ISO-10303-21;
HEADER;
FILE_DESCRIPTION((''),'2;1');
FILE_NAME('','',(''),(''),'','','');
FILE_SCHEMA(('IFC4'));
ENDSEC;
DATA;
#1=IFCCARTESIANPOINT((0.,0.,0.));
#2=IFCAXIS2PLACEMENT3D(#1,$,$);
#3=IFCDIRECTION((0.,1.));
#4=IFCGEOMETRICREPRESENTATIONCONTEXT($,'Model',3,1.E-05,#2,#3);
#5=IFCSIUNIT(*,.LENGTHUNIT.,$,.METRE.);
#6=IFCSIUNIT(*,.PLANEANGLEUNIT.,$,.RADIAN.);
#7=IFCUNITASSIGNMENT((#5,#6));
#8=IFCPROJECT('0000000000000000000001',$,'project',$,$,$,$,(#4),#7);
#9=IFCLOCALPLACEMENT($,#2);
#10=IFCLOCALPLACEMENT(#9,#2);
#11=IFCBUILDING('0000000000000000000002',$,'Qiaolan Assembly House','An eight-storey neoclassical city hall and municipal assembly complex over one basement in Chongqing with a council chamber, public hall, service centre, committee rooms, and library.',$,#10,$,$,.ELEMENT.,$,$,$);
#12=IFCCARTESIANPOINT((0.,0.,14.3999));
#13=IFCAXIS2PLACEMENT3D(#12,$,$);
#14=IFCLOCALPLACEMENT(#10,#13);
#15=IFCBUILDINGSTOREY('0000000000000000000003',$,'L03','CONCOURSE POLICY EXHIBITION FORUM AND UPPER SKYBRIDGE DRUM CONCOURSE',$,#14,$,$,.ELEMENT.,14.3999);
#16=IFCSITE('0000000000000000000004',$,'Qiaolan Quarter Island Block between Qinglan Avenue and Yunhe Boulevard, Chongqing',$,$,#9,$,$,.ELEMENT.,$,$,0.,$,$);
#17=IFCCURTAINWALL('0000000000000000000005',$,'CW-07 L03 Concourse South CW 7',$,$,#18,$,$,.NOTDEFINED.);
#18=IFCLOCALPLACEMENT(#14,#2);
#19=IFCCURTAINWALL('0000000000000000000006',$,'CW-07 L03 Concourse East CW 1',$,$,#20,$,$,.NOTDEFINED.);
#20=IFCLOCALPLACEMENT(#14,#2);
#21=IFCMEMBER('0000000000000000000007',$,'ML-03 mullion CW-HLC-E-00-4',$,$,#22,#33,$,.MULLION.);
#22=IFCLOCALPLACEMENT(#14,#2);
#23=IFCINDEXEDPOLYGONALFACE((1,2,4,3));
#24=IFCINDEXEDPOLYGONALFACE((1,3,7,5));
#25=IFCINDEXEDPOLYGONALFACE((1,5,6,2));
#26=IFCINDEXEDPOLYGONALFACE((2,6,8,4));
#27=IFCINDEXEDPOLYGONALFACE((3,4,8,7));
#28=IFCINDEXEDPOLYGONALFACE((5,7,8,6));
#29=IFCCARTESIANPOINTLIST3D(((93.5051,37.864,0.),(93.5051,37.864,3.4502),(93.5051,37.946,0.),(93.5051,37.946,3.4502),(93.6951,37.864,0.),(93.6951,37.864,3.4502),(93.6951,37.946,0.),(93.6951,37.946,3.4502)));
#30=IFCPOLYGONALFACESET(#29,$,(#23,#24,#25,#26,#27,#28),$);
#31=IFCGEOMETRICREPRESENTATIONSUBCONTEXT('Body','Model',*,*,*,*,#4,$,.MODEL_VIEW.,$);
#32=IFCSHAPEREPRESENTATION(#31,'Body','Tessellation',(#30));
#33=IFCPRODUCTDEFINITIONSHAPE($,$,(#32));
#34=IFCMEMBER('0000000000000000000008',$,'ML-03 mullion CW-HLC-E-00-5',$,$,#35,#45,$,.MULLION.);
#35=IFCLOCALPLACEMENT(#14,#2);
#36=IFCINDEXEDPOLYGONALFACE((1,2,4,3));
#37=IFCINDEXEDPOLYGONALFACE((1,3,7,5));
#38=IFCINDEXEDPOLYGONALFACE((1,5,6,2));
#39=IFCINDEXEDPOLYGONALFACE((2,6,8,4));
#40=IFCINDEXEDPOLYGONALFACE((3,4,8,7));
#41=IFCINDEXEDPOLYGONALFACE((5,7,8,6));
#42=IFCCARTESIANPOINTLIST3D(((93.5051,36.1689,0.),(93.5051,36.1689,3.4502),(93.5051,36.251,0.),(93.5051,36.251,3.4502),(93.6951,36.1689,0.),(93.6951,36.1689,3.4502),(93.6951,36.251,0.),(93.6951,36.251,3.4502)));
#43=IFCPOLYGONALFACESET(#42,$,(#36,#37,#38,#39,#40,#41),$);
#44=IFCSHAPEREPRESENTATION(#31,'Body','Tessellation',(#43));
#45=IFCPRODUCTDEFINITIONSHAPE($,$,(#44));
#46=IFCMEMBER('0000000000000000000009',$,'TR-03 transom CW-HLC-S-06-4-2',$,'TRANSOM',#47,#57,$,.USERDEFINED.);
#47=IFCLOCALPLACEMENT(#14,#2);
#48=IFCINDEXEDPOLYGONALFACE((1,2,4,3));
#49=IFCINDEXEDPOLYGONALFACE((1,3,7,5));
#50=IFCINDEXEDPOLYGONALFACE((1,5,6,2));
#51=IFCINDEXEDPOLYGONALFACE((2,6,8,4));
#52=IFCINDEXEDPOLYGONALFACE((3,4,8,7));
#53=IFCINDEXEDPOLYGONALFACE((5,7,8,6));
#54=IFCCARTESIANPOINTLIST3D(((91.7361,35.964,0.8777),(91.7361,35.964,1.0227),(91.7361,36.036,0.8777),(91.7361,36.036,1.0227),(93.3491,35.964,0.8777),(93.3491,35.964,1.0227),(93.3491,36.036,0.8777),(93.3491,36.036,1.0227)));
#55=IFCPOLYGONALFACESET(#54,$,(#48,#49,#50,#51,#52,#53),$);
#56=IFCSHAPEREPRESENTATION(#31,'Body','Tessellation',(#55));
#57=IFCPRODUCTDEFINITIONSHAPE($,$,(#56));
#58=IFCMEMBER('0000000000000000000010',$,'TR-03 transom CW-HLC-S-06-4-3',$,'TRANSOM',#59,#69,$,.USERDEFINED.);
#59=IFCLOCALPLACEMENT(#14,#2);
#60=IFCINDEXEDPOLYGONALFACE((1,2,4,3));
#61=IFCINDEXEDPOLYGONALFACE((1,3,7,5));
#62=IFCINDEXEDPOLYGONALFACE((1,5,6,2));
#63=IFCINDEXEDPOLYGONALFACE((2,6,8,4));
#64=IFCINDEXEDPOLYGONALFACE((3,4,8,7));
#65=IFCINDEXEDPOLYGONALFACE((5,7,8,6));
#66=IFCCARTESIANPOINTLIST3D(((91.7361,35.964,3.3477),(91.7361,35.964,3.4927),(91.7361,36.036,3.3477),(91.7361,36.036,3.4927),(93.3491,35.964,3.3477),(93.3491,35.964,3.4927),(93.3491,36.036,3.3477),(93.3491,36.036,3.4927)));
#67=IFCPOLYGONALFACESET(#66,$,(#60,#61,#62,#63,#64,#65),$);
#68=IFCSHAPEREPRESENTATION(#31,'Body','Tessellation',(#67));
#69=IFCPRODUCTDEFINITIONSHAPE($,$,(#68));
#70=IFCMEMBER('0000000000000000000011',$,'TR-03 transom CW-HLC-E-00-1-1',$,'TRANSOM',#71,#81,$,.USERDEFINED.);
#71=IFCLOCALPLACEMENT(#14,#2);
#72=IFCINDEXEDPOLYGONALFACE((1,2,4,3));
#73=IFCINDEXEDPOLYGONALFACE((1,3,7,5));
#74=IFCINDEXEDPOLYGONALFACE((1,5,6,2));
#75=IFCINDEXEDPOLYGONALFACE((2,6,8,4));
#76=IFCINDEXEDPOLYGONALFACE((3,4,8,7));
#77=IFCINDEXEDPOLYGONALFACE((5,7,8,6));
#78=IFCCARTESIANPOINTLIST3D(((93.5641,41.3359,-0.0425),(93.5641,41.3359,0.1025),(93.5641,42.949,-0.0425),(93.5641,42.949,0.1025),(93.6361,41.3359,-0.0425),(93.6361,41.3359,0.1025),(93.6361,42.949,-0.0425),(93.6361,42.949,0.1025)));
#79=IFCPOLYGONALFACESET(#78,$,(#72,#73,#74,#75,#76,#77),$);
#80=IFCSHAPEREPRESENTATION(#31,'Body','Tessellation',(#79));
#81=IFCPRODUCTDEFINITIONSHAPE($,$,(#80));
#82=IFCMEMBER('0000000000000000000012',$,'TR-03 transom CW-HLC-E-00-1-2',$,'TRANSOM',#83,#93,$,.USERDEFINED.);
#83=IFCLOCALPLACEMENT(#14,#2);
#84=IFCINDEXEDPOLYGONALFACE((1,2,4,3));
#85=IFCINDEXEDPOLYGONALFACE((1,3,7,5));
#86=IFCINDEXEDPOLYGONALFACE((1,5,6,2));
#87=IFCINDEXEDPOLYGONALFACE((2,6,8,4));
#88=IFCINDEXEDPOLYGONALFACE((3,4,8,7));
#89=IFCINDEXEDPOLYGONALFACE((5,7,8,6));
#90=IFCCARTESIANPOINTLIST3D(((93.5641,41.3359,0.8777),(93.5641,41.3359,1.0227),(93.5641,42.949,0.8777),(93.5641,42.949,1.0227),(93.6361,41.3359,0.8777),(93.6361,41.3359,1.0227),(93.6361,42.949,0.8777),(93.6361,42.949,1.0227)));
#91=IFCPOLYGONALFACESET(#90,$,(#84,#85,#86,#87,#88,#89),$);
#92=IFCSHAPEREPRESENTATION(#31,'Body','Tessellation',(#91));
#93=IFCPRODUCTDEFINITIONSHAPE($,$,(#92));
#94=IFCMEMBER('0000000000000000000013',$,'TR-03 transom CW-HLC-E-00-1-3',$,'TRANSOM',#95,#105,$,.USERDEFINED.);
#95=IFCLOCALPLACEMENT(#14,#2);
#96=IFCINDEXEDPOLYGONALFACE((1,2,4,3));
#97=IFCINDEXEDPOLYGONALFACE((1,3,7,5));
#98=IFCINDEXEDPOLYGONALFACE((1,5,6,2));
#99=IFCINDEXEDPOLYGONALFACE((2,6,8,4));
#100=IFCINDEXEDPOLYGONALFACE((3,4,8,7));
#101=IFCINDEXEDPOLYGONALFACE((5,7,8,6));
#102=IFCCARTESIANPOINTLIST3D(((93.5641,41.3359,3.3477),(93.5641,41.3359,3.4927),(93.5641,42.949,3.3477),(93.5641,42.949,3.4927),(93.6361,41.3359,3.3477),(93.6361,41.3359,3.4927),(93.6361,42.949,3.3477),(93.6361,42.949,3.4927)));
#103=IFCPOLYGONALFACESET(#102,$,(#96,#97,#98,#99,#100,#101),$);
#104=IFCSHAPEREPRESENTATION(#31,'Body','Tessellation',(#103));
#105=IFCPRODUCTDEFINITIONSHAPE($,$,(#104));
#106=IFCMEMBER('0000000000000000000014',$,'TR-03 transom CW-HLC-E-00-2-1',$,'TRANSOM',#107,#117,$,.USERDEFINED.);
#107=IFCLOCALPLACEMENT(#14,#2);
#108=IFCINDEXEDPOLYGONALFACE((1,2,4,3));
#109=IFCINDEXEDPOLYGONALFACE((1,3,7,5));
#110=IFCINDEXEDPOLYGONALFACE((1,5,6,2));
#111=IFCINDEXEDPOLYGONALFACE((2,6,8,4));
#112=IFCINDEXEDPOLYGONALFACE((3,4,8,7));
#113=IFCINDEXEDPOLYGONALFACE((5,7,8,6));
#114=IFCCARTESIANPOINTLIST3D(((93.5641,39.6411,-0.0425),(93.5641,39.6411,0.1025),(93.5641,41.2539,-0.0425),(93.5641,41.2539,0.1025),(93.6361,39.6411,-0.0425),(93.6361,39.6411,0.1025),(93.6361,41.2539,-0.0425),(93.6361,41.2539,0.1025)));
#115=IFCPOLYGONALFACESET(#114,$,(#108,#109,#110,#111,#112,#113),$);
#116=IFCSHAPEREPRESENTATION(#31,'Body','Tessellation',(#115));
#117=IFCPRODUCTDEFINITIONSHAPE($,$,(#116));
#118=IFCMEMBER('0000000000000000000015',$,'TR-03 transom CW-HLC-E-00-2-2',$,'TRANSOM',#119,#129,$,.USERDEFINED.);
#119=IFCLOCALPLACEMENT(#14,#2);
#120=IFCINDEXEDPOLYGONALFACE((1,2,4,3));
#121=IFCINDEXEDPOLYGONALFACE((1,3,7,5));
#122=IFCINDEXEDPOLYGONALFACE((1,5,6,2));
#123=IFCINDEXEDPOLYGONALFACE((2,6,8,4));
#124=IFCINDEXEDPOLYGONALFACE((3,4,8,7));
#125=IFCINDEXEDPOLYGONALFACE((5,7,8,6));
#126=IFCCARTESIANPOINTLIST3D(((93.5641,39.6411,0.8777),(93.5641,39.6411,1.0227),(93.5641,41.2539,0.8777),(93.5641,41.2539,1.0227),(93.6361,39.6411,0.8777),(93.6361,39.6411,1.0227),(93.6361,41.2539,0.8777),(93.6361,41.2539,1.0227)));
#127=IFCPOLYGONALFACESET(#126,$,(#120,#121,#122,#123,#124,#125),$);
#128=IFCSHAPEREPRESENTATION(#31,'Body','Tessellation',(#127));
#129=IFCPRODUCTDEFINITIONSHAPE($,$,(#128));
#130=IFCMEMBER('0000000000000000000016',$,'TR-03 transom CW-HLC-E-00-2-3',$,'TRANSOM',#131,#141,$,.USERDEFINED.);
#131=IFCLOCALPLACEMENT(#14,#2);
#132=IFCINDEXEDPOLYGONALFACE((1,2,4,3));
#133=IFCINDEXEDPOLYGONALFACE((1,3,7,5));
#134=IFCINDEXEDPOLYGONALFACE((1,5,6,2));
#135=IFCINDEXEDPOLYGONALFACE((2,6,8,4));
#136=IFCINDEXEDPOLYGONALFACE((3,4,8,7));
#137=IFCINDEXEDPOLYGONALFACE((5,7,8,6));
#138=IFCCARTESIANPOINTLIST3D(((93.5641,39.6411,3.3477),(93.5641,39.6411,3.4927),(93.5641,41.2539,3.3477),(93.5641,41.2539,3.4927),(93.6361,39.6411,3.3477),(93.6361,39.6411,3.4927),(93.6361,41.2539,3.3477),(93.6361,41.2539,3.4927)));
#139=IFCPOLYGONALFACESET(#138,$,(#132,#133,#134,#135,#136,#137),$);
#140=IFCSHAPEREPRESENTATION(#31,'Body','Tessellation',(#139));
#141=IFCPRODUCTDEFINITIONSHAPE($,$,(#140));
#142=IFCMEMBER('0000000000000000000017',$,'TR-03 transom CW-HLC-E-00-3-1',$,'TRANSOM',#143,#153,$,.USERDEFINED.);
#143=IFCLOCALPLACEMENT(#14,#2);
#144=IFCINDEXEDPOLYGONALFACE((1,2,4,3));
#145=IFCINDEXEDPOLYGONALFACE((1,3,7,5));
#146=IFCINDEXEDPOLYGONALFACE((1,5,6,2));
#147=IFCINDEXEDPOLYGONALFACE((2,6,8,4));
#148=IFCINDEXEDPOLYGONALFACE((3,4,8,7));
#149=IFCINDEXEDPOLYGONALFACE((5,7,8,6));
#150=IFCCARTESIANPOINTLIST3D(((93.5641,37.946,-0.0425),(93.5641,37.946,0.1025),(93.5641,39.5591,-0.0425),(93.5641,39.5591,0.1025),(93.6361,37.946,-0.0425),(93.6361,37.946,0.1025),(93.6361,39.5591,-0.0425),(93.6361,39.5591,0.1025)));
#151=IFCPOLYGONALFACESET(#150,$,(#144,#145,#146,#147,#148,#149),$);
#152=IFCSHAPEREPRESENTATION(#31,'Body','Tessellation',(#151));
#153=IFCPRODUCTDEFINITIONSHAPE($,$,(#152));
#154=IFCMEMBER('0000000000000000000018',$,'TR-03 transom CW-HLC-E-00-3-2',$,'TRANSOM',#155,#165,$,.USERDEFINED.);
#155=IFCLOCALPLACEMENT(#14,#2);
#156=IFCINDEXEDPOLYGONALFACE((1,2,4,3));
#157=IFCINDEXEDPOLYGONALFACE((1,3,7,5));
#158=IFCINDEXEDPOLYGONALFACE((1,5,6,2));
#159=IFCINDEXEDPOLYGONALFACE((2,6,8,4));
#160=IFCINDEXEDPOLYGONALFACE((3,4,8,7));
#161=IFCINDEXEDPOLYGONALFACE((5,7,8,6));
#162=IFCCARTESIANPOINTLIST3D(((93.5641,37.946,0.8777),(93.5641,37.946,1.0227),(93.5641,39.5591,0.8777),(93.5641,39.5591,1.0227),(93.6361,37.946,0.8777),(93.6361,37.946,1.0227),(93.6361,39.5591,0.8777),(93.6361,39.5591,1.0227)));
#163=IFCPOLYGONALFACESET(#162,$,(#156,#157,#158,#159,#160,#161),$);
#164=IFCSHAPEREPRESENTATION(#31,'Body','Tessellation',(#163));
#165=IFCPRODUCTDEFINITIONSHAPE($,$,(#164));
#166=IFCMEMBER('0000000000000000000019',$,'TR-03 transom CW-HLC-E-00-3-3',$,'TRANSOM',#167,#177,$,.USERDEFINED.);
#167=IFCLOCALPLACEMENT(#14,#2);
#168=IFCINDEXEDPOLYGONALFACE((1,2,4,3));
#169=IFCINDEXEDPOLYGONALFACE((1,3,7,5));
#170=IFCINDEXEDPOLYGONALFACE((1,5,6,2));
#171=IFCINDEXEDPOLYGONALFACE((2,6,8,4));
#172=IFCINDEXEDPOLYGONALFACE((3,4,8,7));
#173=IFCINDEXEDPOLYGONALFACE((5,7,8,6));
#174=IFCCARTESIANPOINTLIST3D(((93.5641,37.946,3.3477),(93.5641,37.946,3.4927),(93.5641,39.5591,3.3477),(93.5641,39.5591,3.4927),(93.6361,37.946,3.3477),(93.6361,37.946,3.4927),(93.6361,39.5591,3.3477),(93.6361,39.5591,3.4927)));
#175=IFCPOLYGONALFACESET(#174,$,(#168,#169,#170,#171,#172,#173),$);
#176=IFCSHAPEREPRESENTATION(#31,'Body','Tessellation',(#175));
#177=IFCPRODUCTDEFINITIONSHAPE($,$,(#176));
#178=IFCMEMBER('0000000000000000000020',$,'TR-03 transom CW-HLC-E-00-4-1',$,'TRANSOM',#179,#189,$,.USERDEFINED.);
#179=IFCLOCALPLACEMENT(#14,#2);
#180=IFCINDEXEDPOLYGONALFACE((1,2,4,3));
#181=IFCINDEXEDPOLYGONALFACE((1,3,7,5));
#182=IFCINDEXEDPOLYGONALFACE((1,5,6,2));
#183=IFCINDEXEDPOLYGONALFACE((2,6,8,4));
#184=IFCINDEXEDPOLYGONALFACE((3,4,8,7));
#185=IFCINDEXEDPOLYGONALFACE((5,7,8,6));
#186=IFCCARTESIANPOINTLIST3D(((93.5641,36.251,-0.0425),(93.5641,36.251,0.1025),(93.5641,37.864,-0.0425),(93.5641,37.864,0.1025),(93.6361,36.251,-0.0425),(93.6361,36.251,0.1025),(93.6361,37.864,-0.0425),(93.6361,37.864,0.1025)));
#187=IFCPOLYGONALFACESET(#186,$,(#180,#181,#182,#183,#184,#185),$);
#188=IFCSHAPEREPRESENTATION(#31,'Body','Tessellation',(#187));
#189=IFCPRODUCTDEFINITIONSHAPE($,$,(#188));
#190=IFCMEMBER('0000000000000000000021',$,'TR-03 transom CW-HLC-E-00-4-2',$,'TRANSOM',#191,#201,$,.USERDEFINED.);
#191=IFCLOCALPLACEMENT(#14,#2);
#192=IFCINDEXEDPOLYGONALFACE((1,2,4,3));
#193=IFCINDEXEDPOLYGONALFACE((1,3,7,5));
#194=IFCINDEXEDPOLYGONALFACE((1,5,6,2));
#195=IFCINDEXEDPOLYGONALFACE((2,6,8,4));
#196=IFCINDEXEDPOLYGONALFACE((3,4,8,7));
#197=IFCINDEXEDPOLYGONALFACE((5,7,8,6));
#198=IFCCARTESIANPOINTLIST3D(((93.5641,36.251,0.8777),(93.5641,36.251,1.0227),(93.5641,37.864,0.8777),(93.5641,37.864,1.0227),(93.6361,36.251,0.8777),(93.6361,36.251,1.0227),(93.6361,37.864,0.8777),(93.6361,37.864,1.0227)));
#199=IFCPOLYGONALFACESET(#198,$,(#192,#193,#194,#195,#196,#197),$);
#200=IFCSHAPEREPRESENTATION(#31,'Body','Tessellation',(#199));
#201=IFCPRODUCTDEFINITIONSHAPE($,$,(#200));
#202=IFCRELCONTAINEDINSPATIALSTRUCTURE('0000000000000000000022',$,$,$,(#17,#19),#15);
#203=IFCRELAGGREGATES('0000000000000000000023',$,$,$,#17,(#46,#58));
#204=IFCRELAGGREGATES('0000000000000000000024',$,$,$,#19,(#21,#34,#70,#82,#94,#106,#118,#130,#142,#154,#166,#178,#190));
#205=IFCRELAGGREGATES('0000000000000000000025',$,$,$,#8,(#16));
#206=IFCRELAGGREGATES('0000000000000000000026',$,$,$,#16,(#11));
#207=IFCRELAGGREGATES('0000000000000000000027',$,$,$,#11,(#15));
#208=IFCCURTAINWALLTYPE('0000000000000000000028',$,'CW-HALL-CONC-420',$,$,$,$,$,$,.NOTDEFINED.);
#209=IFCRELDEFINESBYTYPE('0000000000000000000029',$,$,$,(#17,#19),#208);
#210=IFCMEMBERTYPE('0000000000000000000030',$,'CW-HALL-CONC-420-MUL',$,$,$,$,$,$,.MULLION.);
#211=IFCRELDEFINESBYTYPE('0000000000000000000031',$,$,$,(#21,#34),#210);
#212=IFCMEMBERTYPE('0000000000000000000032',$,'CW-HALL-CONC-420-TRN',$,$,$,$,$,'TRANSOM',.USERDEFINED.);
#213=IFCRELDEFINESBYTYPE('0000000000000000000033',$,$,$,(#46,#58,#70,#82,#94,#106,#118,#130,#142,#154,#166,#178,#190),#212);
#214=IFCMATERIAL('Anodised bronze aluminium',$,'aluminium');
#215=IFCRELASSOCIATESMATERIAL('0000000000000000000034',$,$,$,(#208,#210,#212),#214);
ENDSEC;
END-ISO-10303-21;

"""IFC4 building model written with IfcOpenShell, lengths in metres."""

from ifc_helpers import new_model, si_unit, direction, frame, origin, origin_2d, place, context, subcontext, project, spatial, rectangle, extrude, material, material_profile, profile_set, type_object, element, aggregate, save


model = new_model("IFC4")

# Units and contexts
model_context = context("Model", 3, precision=1e-05, world=origin(), true_north=direction((0.0, 1.0)))
body_context = subcontext(model_context, "Body", "Model", "MODEL_VIEW")
ifc_project = project(units=[si_unit("LENGTHUNIT", "METRE"), si_unit("PLANEANGLEUNIT", "RADIAN")], contexts=[model_context])

# Site, building, storey
site_placement = place(None, origin())
site = spatial("IfcSite", under=ifc_project, at=site_placement, Name="Qiaolan Quarter Island Block between Qinglan Avenue and Yunhe Boulevard, Chongqing", CompositionType="ELEMENT", RefElevation=0.0)
building_placement = place(site_placement, origin())
building = spatial("IfcBuilding", under=site, at=building_placement, Name="Qiaolan Assembly House", Description="An eight-storey neoclassical city hall and municipal assembly complex over one basement in Chongqing with a council chamber, public hall, service centre, committee rooms, and library.", CompositionType="ELEMENT")
storey_placement = place(building_placement, frame((0.0, 0.0, 14.3999)))
storey = spatial("IfcBuildingStorey", under=building, at=storey_placement, Name="L03", Description="CONCOURSE POLICY EXHIBITION FORUM AND UPPER SKYBRIDGE DRUM CONCOURSE", CompositionType="ELEMENT", Elevation=14.3999)

# Curtain wall
ifc_material_1 = material(Name="Anodised bronze aluminium", Category="aluminium")
curtain_wall_type = type_object("IfcCurtainWallType", Name="CW-HALL-CONC-420", PredefinedType="NOTDEFINED", material=ifc_material_1)
curtain_wall_1_placement = place(storey_placement, origin())
curtain_wall_1 = element("IfcCurtainWall", 1, at=curtain_wall_1_placement, inside=storey, type_object=curtain_wall_type, Name="CW-07 L03 Concourse South CW 7", PredefinedType="NOTDEFINED")
ifc_material_profile_1 = material_profile(ifc_material_1, rectangle(XDim=0.082, YDim=0.1899, at=origin_2d()), Name="MUL 82x190")
ifc_profile_set_1 = profile_set([ifc_material_profile_1], Name="Anodised bronze aluminium")
member_type_1 = type_object("IfcMemberType", Name="CW-HALL-CONC-420-MUL", PredefinedType="MULLION", material=ifc_profile_set_1)

# Curtain wall, members
curtain_wall_2_placement = place(storey_placement, origin())
curtain_wall_2 = element("IfcCurtainWall", 2, at=curtain_wall_2_placement, inside=storey, type_object=curtain_wall_type, Name="CW-07 L03 Concourse East CW 1", PredefinedType="NOTDEFINED")
member_1_placement = place(storey_placement, frame((93.6001, 37.905, 0.0), z_axis=(0.0, 0.0, 1.0), x_axis=(0.0, -1.0, 0.0)))
member_1 = element("IfcMember", 3, at=member_1_placement, type_object=member_type_1, Name="ML-03 mullion CW-HLC-E-00-4", PredefinedType="MULLION", context=body_context, shape_type="SweptSolid", body=[
    extrude(rectangle(XDim=0.082, YDim=0.1899, at=origin_2d()), origin(), (0.0, 0.0, 1.0), 3.4502),
])
member_2_placement = place(storey_placement, frame((93.6001, 36.21, 0.0), z_axis=(0.0, 0.0, 1.0), x_axis=(0.0, -1.0, 0.0)))
member_2 = element("IfcMember", 4, at=member_2_placement, type_object=member_type_1, Name="ML-03 mullion CW-HLC-E-00-5", PredefinedType="MULLION", context=body_context, shape_type="SweptSolid", body=[
    extrude(rectangle(XDim=0.082, YDim=0.1899, at=origin_2d()), origin(), (0.0, 0.0, 1.0), 3.4502),
])

# Members
ifc_material_profile_2 = material_profile(ifc_material_1, rectangle(XDim=0.072, YDim=0.145, at=origin_2d()), Name="TRN 72x145")
ifc_profile_set_2 = profile_set([ifc_material_profile_2], Name="Anodised bronze aluminium")
member_type_2 = type_object("IfcMemberType", Name="CW-HALL-CONC-420-TRN", ElementType="TRANSOM", PredefinedType="USERDEFINED", material=ifc_profile_set_2)
member_3_placement = place(storey_placement, frame((91.7361, 36.0, 0.9502), z_axis=(1.0, 0.0, 0.0), x_axis=(0.0, 1.0, 0.0)))
member_3 = element("IfcMember", 5, at=member_3_placement, type_object=member_type_2, Name="TR-03 transom CW-HLC-S-06-4-2", ObjectType="TRANSOM", PredefinedType="USERDEFINED", context=body_context, shape_type="SweptSolid", body=[
    extrude(rectangle(XDim=0.072, YDim=0.145, at=origin_2d()), origin(), (0.0, 0.0, 1.0), 1.613),
])
member_4_placement = place(storey_placement, frame((91.7361, 36.0, 3.4202), z_axis=(1.0, 0.0, 0.0), x_axis=(0.0, 1.0, 0.0)))
member_4 = element("IfcMember", 6, at=member_4_placement, type_object=member_type_2, Name="TR-03 transom CW-HLC-S-06-4-3", ObjectType="TRANSOM", PredefinedType="USERDEFINED", context=body_context, shape_type="SweptSolid", body=[
    extrude(rectangle(XDim=0.072, YDim=0.145, at=origin_2d()), origin(), (0.0, 0.0, 1.0), 1.613),
])
aggregate(curtain_wall_1, [member_3, member_4])
member_5_placement = place(storey_placement, frame((93.6001, 42.949, 0.03), z_axis=(0.0, -1.0, 0.0), x_axis=(1.0, 0.0, 0.0)))
member_5 = element("IfcMember", 7, at=member_5_placement, type_object=member_type_2, Name="TR-03 transom CW-HLC-E-00-1-1", ObjectType="TRANSOM", PredefinedType="USERDEFINED", context=body_context, shape_type="SweptSolid", body=[
    extrude(rectangle(XDim=0.072, YDim=0.145, at=origin_2d()), origin(), (0.0, 0.0, 1.0), 1.613),
])
member_6_placement = place(storey_placement, frame((93.6001, 42.949, 0.9502), z_axis=(0.0, -1.0, 0.0), x_axis=(1.0, 0.0, 0.0)))
member_6 = element("IfcMember", 8, at=member_6_placement, type_object=member_type_2, Name="TR-03 transom CW-HLC-E-00-1-2", ObjectType="TRANSOM", PredefinedType="USERDEFINED", context=body_context, shape_type="SweptSolid", body=[
    extrude(rectangle(XDim=0.072, YDim=0.145, at=origin_2d()), origin(), (0.0, 0.0, 1.0), 1.613),
])
member_7_placement = place(storey_placement, frame((93.6001, 42.949, 3.4202), z_axis=(0.0, -1.0, 0.0), x_axis=(1.0, 0.0, 0.0)))
member_7 = element("IfcMember", 9, at=member_7_placement, type_object=member_type_2, Name="TR-03 transom CW-HLC-E-00-1-3", ObjectType="TRANSOM", PredefinedType="USERDEFINED", context=body_context, shape_type="SweptSolid", body=[
    extrude(rectangle(XDim=0.072, YDim=0.145, at=origin_2d()), origin(), (0.0, 0.0, 1.0), 1.613),
])
member_8_placement = place(storey_placement, frame((93.6001, 41.2539, 0.03), z_axis=(0.0, -1.0, 0.0), x_axis=(1.0, 0.0, 0.0)))
member_8 = element("IfcMember", 10, at=member_8_placement, type_object=member_type_2, Name="TR-03 transom CW-HLC-E-00-2-1", ObjectType="TRANSOM", PredefinedType="USERDEFINED", context=body_context, shape_type="SweptSolid", body=[
    extrude(rectangle(XDim=0.072, YDim=0.145, at=origin_2d()), origin(), (0.0, 0.0, 1.0), 1.6128),
])
member_9_placement = place(storey_placement, frame((93.6001, 41.2539, 0.9502), z_axis=(0.0, -1.0, 0.0), x_axis=(1.0, 0.0, 0.0)))
member_9 = element("IfcMember", 11, at=member_9_placement, type_object=member_type_2, Name="TR-03 transom CW-HLC-E-00-2-2", ObjectType="TRANSOM", PredefinedType="USERDEFINED", context=body_context, shape_type="SweptSolid", body=[
    extrude(rectangle(XDim=0.072, YDim=0.145, at=origin_2d()), origin(), (0.0, 0.0, 1.0), 1.6128),
])
member_10_placement = place(storey_placement, frame((93.6001, 41.2539, 3.4202), z_axis=(0.0, -1.0, 0.0), x_axis=(1.0, 0.0, 0.0)))
member_10 = element("IfcMember", 12, at=member_10_placement, type_object=member_type_2, Name="TR-03 transom CW-HLC-E-00-2-3", ObjectType="TRANSOM", PredefinedType="USERDEFINED", context=body_context, shape_type="SweptSolid", body=[
    extrude(rectangle(XDim=0.072, YDim=0.145, at=origin_2d()), origin(), (0.0, 0.0, 1.0), 1.6128),
])
member_11_placement = place(storey_placement, frame((93.6001, 39.5591, 0.03), z_axis=(0.0, -1.0, 0.0), x_axis=(1.0, 0.0, 0.0)))
member_11 = element("IfcMember", 13, at=member_11_placement, type_object=member_type_2, Name="TR-03 transom CW-HLC-E-00-3-1", ObjectType="TRANSOM", PredefinedType="USERDEFINED", context=body_context, shape_type="SweptSolid", body=[
    extrude(rectangle(XDim=0.072, YDim=0.145, at=origin_2d()), origin(), (0.0, 0.0, 1.0), 1.613),
])
member_12_placement = place(storey_placement, frame((93.6001, 39.5591, 0.9502), z_axis=(0.0, -1.0, 0.0), x_axis=(1.0, 0.0, 0.0)))
member_12 = element("IfcMember", 14, at=member_12_placement, type_object=member_type_2, Name="TR-03 transom CW-HLC-E-00-3-2", ObjectType="TRANSOM", PredefinedType="USERDEFINED", context=body_context, shape_type="SweptSolid", body=[
    extrude(rectangle(XDim=0.072, YDim=0.145, at=origin_2d()), origin(), (0.0, 0.0, 1.0), 1.613),
])
member_13_placement = place(storey_placement, frame((93.6001, 39.5591, 3.4202), z_axis=(0.0, -1.0, 0.0), x_axis=(1.0, 0.0, 0.0)))
member_13 = element("IfcMember", 15, at=member_13_placement, type_object=member_type_2, Name="TR-03 transom CW-HLC-E-00-3-3", ObjectType="TRANSOM", PredefinedType="USERDEFINED", context=body_context, shape_type="SweptSolid", body=[
    extrude(rectangle(XDim=0.072, YDim=0.145, at=origin_2d()), origin(), (0.0, 0.0, 1.0), 1.613),
])
member_14_placement = place(storey_placement, frame((93.6001, 37.864, 0.03), z_axis=(0.0, -1.0, 0.0), x_axis=(1.0, 0.0, 0.0)))
member_14 = element("IfcMember", 16, at=member_14_placement, type_object=member_type_2, Name="TR-03 transom CW-HLC-E-00-4-1", ObjectType="TRANSOM", PredefinedType="USERDEFINED", context=body_context, shape_type="SweptSolid", body=[
    extrude(rectangle(XDim=0.072, YDim=0.145, at=origin_2d()), origin(), (0.0, 0.0, 1.0), 1.613),
])
member_15_placement = place(storey_placement, frame((93.6001, 37.864, 0.9502), z_axis=(0.0, -1.0, 0.0), x_axis=(1.0, 0.0, 0.0)))
member_15 = element("IfcMember", 17, at=member_15_placement, type_object=member_type_2, Name="TR-03 transom CW-HLC-E-00-4-2", ObjectType="TRANSOM", PredefinedType="USERDEFINED", context=body_context, shape_type="SweptSolid", body=[
    extrude(rectangle(XDim=0.072, YDim=0.145, at=origin_2d()), origin(), (0.0, 0.0, 1.0), 1.613),
])

aggregate(curtain_wall_2, [member_1, member_2, member_5, member_6, member_7, member_8, member_9, member_10, member_11, member_12, member_13, member_14, member_15])

save(model, "model.ifc")
